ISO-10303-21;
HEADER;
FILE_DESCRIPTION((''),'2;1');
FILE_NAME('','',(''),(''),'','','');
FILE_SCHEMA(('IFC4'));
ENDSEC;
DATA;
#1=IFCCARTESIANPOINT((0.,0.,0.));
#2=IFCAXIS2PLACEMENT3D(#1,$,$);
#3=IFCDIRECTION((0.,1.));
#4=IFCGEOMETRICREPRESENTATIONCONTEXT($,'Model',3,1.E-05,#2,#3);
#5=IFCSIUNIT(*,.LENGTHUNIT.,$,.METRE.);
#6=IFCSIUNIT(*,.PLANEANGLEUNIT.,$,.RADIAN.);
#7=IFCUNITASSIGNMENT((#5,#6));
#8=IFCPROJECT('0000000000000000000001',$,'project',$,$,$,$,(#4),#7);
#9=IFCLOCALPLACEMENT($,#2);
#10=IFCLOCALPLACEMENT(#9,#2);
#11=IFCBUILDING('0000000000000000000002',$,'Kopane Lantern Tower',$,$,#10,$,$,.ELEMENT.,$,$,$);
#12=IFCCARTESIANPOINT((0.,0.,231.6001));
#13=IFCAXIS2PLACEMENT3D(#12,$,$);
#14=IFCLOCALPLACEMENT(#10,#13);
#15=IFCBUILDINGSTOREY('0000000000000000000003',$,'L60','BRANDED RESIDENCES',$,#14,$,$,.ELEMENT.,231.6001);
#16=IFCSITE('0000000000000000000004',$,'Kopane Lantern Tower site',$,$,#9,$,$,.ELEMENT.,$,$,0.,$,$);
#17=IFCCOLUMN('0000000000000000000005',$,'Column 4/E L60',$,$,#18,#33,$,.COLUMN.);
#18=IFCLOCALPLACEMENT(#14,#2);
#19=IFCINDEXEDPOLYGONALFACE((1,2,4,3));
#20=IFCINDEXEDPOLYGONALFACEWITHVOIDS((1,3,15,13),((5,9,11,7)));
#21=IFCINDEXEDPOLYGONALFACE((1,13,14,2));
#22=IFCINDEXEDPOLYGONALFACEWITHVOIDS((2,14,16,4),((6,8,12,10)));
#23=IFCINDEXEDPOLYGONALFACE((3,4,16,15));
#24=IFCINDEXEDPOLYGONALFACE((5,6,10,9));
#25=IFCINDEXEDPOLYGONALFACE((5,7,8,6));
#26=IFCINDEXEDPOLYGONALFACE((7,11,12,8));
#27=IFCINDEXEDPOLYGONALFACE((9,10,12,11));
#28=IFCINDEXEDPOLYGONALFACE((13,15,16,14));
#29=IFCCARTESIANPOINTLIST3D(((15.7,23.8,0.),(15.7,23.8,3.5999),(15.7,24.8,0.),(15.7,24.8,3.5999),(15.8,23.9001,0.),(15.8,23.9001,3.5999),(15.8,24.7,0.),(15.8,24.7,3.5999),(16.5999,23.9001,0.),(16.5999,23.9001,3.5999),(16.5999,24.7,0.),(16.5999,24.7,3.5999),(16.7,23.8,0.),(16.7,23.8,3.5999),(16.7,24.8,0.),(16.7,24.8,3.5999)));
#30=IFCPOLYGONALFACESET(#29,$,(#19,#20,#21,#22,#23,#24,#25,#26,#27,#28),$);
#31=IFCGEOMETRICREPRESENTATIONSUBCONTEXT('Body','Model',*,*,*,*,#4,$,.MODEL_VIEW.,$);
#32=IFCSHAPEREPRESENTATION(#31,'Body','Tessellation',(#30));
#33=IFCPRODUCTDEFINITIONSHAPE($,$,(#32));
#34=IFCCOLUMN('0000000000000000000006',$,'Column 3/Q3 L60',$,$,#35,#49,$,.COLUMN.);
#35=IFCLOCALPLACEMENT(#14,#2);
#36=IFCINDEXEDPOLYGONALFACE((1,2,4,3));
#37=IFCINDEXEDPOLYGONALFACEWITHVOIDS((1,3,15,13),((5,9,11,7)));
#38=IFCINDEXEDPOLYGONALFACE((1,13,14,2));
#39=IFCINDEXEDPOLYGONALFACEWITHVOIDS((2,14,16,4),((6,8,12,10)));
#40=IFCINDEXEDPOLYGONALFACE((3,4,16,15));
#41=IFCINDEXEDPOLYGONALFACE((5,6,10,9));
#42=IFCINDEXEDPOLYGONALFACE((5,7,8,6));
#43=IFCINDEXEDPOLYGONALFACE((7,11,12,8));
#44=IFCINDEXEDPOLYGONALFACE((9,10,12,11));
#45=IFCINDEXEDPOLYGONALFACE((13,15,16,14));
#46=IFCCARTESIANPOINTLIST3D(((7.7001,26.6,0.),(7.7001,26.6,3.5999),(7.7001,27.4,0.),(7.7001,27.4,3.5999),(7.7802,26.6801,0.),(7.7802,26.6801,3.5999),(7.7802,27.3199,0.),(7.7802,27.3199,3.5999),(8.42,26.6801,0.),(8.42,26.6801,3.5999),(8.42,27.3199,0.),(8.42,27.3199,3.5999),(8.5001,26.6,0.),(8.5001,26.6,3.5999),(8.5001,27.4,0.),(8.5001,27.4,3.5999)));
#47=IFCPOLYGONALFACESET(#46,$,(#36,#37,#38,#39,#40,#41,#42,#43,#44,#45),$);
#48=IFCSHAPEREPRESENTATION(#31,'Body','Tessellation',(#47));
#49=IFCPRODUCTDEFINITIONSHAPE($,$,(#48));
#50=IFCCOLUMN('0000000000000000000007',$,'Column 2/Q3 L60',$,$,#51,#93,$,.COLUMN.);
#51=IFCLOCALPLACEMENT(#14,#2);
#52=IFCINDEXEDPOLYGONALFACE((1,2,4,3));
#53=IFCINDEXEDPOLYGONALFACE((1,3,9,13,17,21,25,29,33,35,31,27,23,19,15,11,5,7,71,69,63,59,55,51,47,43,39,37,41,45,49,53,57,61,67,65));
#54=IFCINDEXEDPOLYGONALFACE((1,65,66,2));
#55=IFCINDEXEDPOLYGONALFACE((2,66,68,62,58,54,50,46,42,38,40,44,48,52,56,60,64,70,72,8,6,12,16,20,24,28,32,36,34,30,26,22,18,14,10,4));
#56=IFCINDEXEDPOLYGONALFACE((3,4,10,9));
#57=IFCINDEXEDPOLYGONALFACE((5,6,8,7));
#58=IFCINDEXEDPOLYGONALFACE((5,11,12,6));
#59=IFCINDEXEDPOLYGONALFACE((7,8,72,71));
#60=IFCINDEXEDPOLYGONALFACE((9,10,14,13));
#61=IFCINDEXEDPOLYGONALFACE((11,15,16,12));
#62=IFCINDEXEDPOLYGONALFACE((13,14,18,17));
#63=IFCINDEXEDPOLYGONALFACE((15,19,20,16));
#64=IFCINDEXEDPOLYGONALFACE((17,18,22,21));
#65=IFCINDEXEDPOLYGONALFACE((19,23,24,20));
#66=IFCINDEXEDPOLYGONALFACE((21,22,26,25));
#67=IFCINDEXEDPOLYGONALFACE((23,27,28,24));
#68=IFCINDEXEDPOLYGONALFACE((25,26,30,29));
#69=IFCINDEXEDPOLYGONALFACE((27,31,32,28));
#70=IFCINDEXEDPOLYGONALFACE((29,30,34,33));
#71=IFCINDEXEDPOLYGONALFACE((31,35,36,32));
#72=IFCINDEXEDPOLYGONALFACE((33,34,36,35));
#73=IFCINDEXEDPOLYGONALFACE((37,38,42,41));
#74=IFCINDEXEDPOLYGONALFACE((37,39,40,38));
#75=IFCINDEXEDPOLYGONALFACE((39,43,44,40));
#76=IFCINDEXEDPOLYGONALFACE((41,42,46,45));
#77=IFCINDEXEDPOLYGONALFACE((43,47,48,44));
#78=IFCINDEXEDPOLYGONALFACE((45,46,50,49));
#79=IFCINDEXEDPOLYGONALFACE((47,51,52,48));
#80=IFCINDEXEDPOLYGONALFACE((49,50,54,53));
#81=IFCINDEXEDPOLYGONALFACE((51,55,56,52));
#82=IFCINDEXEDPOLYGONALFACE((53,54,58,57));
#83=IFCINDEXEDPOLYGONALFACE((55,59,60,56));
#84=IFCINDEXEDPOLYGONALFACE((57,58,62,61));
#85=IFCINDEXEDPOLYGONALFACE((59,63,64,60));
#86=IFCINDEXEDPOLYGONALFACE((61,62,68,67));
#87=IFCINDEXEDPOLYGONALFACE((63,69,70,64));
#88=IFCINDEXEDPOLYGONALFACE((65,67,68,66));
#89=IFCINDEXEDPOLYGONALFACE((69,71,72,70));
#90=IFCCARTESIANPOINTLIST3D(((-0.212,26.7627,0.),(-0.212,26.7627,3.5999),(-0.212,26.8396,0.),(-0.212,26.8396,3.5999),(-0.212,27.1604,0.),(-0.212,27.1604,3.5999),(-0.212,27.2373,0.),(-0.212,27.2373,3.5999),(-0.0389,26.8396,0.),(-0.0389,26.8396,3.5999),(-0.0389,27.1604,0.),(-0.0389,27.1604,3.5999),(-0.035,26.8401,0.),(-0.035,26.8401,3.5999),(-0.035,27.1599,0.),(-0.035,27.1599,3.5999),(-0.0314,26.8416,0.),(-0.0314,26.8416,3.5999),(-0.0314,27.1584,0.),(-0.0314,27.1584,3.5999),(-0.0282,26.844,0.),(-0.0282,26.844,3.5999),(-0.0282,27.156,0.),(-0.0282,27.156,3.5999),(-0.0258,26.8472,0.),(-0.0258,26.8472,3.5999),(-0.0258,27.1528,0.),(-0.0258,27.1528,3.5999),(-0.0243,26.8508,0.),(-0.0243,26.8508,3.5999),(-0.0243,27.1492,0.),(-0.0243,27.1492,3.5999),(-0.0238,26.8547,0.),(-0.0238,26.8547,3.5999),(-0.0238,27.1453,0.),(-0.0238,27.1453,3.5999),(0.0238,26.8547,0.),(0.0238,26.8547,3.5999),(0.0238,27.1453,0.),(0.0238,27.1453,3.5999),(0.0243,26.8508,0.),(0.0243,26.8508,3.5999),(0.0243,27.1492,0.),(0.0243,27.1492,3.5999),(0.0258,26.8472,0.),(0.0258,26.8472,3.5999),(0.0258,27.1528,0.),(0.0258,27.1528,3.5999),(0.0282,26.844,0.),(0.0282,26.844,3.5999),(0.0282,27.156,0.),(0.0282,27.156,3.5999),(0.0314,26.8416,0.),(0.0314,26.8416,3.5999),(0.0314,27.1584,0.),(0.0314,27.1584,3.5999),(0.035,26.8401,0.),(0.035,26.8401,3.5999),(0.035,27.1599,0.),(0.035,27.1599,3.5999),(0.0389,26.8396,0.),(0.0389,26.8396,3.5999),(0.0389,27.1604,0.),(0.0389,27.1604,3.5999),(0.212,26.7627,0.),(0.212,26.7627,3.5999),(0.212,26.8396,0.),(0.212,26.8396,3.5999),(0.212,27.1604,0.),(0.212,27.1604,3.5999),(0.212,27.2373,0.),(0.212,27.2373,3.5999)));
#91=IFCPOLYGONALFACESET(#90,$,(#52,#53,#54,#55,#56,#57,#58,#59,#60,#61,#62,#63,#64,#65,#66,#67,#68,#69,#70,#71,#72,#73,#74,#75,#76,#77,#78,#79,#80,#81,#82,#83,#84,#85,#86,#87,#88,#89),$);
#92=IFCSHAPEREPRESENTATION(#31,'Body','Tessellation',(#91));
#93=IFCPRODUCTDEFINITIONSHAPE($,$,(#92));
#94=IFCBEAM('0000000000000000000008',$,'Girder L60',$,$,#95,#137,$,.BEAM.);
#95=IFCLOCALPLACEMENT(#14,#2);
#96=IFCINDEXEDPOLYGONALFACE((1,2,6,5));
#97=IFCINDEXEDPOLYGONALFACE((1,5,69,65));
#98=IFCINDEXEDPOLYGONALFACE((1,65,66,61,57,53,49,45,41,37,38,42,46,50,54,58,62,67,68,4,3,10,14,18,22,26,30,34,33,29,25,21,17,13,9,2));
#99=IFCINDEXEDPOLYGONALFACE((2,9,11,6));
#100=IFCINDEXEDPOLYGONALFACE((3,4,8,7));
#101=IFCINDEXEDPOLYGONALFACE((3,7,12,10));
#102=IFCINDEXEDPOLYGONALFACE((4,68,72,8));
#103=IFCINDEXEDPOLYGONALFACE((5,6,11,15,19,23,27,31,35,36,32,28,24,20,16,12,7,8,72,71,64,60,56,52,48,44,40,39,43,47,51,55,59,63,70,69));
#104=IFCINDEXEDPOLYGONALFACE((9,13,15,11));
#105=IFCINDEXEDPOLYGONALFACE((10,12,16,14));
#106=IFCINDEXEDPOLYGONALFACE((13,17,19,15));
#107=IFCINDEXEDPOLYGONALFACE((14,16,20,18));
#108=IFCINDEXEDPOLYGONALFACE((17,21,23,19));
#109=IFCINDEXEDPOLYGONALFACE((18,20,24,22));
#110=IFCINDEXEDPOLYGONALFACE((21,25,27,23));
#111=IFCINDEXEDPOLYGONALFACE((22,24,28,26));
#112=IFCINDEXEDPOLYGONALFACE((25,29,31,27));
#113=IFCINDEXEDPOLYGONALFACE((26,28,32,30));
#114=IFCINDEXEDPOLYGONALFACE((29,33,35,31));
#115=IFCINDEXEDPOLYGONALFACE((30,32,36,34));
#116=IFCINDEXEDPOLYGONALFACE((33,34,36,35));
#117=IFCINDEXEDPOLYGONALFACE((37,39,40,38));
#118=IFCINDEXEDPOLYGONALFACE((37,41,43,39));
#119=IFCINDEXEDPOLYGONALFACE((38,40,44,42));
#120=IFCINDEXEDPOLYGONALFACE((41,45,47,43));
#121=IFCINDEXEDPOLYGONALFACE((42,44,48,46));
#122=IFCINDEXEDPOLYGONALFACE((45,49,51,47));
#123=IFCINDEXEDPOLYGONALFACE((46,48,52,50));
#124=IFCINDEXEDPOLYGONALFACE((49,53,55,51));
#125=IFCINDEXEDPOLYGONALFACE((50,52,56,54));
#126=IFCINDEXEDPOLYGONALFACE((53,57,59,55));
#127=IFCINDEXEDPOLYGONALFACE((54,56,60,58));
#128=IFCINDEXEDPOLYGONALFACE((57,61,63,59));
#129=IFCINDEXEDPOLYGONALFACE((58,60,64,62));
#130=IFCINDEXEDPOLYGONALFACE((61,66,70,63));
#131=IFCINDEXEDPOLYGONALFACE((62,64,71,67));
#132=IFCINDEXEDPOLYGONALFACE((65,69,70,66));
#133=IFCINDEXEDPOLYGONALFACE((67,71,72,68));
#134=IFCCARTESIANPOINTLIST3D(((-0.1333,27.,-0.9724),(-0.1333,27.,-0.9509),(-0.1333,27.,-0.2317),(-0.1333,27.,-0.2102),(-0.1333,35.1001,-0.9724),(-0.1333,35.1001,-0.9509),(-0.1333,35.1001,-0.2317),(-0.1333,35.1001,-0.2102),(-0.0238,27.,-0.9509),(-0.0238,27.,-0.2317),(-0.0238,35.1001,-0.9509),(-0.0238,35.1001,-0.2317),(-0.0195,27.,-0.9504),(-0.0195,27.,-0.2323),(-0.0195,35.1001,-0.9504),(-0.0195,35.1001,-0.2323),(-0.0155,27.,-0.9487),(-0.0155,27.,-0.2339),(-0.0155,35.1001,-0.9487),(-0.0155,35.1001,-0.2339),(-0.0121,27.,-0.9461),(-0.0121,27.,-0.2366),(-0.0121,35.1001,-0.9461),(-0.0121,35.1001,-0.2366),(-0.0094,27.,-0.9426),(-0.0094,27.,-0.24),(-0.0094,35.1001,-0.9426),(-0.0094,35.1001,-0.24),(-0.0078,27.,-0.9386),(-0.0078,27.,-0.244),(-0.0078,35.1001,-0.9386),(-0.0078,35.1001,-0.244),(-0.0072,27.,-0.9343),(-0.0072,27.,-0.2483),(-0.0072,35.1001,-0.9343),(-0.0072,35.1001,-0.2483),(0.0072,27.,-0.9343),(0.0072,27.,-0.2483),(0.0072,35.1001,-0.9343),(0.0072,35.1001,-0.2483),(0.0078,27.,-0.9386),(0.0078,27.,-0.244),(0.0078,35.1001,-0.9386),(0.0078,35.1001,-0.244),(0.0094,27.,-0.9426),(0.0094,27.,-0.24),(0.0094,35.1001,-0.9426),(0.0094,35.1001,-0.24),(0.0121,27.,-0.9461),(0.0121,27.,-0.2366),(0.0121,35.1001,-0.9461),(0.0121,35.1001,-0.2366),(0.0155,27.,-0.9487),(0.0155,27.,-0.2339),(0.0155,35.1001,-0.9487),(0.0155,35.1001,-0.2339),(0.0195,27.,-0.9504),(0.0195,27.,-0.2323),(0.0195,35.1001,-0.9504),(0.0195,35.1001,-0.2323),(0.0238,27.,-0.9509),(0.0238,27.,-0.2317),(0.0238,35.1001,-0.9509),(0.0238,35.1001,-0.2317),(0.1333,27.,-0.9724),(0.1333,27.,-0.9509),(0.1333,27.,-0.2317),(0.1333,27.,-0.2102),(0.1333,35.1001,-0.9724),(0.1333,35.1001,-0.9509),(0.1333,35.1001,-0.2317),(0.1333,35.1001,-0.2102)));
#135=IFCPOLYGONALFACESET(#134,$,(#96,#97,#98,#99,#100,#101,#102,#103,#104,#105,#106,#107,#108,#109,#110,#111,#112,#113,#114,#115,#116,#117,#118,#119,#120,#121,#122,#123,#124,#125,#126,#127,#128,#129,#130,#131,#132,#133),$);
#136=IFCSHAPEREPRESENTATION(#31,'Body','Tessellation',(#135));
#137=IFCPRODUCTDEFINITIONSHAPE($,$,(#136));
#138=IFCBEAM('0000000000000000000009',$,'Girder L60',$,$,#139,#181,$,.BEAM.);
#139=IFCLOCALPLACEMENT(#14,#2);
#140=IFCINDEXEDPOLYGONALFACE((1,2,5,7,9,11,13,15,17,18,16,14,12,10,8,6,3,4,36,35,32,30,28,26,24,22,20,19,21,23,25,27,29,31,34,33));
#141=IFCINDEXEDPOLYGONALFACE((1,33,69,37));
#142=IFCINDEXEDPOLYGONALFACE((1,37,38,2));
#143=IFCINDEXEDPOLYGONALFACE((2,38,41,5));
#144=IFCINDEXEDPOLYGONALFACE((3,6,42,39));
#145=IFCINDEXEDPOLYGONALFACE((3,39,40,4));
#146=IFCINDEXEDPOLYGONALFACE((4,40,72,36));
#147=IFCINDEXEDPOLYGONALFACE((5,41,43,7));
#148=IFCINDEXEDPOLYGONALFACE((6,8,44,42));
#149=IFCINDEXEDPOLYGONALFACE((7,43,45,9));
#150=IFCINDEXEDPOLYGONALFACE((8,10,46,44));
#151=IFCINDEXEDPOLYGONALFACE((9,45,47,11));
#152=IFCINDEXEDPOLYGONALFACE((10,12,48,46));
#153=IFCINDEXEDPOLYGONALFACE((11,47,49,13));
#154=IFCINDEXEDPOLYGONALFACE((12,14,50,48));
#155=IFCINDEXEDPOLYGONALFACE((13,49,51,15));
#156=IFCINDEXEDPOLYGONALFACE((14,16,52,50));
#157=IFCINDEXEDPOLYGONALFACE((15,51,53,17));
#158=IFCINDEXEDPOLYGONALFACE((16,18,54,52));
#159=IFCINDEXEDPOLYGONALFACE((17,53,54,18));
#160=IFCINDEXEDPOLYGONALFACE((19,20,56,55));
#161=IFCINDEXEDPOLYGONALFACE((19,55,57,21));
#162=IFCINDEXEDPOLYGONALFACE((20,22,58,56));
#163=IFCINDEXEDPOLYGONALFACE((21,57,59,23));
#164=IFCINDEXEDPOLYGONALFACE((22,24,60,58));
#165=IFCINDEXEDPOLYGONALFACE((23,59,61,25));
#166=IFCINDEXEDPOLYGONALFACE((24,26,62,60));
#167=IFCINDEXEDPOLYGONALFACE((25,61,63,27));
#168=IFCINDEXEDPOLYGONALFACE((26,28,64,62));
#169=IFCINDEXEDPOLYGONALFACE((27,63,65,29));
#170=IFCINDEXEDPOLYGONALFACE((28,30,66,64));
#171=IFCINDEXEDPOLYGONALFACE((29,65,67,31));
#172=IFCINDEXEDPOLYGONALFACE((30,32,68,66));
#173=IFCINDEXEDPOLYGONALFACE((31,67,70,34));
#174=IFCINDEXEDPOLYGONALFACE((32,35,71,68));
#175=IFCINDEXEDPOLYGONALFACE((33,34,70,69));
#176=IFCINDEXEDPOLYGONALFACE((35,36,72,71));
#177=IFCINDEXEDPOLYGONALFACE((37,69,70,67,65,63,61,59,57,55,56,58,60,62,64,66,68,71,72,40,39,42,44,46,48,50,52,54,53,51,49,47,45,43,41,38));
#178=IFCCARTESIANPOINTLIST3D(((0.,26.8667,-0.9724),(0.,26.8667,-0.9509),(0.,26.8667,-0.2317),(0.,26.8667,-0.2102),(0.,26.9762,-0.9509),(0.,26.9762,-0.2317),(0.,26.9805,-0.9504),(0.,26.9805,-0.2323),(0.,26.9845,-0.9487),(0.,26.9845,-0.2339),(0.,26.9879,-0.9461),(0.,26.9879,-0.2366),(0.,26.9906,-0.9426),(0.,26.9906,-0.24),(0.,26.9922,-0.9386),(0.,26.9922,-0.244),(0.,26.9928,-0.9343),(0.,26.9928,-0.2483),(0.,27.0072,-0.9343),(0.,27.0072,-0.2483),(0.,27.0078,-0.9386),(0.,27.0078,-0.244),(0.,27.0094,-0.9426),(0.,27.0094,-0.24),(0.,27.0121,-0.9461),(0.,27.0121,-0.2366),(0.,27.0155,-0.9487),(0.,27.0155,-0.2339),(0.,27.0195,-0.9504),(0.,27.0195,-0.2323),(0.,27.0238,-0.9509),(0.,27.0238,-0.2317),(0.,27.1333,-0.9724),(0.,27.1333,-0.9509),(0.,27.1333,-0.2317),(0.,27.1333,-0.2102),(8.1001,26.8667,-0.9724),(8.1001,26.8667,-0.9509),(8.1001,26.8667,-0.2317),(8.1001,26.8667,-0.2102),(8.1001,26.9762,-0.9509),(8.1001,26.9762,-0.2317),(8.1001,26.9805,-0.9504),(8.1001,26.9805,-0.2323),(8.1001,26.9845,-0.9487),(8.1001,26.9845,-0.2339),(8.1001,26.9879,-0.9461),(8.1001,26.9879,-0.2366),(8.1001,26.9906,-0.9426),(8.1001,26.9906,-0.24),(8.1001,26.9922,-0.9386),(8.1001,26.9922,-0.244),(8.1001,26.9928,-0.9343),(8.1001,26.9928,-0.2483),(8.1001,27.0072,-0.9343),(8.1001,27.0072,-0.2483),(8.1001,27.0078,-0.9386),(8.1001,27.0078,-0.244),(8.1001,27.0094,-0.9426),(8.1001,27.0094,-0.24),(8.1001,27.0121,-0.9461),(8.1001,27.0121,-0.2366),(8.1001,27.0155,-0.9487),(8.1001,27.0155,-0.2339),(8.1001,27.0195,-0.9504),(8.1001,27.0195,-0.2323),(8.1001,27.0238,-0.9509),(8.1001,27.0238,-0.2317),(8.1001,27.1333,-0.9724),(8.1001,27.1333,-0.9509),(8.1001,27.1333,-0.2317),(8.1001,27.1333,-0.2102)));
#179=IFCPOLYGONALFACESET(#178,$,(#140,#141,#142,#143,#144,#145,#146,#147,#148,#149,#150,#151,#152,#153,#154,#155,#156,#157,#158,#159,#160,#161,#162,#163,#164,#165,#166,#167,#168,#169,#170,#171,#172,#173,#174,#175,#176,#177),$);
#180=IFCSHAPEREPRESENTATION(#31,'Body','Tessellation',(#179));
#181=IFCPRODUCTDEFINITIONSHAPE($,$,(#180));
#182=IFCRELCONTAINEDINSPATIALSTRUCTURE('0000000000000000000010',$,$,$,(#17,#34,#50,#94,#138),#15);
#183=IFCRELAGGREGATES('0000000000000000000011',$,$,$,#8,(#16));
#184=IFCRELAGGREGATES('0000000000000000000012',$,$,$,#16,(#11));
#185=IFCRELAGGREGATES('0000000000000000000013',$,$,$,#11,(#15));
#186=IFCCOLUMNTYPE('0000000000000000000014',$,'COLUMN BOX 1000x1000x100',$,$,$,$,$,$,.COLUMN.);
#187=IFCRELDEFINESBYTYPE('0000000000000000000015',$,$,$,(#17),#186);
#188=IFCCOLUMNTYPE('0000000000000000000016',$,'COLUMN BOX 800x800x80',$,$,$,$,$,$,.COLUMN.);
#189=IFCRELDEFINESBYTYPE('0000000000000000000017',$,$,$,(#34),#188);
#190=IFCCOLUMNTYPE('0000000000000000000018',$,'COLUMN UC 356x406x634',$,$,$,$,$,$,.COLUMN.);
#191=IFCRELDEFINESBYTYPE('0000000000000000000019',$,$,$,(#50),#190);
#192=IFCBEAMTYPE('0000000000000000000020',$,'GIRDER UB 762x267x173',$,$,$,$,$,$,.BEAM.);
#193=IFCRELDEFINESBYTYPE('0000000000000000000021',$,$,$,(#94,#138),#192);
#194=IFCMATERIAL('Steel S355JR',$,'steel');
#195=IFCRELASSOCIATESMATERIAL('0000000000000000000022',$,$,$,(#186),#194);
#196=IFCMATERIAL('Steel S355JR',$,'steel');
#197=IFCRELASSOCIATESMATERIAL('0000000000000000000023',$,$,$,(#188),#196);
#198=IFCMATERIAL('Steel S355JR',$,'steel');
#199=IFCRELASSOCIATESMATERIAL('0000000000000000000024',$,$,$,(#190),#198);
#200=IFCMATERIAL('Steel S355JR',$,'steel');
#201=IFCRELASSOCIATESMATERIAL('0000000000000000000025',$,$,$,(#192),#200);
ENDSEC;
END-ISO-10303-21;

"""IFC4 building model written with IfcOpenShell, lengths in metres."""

from ifc_helpers import new_model, si_unit, direction, frame, origin, origin_2d, place, context, subcontext, project, spatial, hollow_rectangle, i_section, extrude, material, material_profile, profile_set, type_object, element, save


model = new_model("IFC4")

# Units and contexts
model_context = context("Model", 3, precision=1e-05, world=origin(), true_north=direction((0.0, 1.0)))
body_context = subcontext(model_context, "Body", "Model", "MODEL_VIEW")
ifc_project = project(units=[si_unit("LENGTHUNIT", "METRE"), si_unit("PLANEANGLEUNIT", "RADIAN")], contexts=[model_context])

# Site, building, storey
site_placement = place(None, origin())
site = spatial("IfcSite", under=ifc_project, at=site_placement, Name="Kopane Lantern Tower site", CompositionType="ELEMENT", RefElevation=0.0)
building_placement = place(site_placement, origin())
building = spatial("IfcBuilding", under=site, at=building_placement, Name="Kopane Lantern Tower", CompositionType="ELEMENT")
storey_placement = place(building_placement, frame((0.0, 0.0, 231.6001)))
storey = spatial("IfcBuildingStorey", under=building, at=storey_placement, Name="L60", Description="BRANDED RESIDENCES", CompositionType="ELEMENT", Elevation=231.6001)

# Columns
ifc_material_1 = material(Name="Steel S355JR", Category="steel")
ifc_material_profile_1 = material_profile(ifc_material_1, hollow_rectangle(XDim=1.0, YDim=1.0, WallThickness=0.1001, at=origin_2d()), Name="BOX 1000x1000x100")
ifc_profile_set_1 = profile_set([ifc_material_profile_1], Name="Steel S355JR")
column_type_1 = type_object("IfcColumnType", Name="COLUMN BOX 1000x1000x100", PredefinedType="COLUMN", material=ifc_profile_set_1)
column_1_placement = place(storey_placement, frame((16.2, 24.3, 0.0), z_axis=(0.0, 0.0, 1.0), x_axis=(1.0, 0.0, 0.0)))
element("IfcColumn", 1, at=column_1_placement, inside=storey, type_object=column_type_1, Name="Column 4/E L60", PredefinedType="COLUMN", context=body_context, shape_type="SweptSolid", body=[
    extrude(hollow_rectangle(XDim=1.0, YDim=1.0, WallThickness=0.1001, at=origin_2d()), origin(), (0.0, 0.0, 1.0), 3.5999),
])
ifc_material_2 = material(Name="Steel S355JR", Category="steel")
ifc_material_profile_2 = material_profile(ifc_material_2, hollow_rectangle(XDim=0.8, YDim=0.8, WallThickness=0.0801, at=origin_2d()), Name="BOX 800x800x80")
ifc_profile_set_2 = profile_set([ifc_material_profile_2], Name="Steel S355JR")
column_type_2 = type_object("IfcColumnType", Name="COLUMN BOX 800x800x80", PredefinedType="COLUMN", material=ifc_profile_set_2)
column_2_placement = place(storey_placement, frame((8.1001, 27.0, 0.0), z_axis=(0.0, 0.0, 1.0), x_axis=(1.0, 0.0, 0.0)))
element("IfcColumn", 2, at=column_2_placement, inside=storey, type_object=column_type_2, Name="Column 3/Q3 L60", PredefinedType="COLUMN", context=body_context, shape_type="SweptSolid", body=[
    extrude(hollow_rectangle(XDim=0.8, YDim=0.8, WallThickness=0.0801, at=origin_2d()), origin(), (0.0, 0.0, 1.0), 3.5999),
])
ifc_material_3 = material(Name="Steel S355JR", Category="steel")
ifc_material_profile_3 = material_profile(ifc_material_3, i_section(OverallWidth=0.4241, OverallDepth=0.4746, WebThickness=0.0476, FlangeThickness=0.0769, FilletRadius=0.0151, at=origin_2d()), Name="UC 356x406x634")
ifc_profile_set_3 = profile_set([ifc_material_profile_3], Name="Steel S355JR")
column_type_3 = type_object("IfcColumnType", Name="COLUMN UC 356x406x634", PredefinedType="COLUMN", material=ifc_profile_set_3)
column_3_placement = place(storey_placement, frame((0.0, 27.0, 0.0), z_axis=(0.0, 0.0, 1.0), x_axis=(1.0, 0.0, 0.0)))
element("IfcColumn", 3, at=column_3_placement, inside=storey, type_object=column_type_3, Name="Column 2/Q3 L60", PredefinedType="COLUMN", context=body_context, shape_type="SweptSolid", body=[
    extrude(i_section(OverallWidth=0.4241, OverallDepth=0.4746, WebThickness=0.0476, FlangeThickness=0.0769, FilletRadius=0.0151, at=origin_2d()), origin(), (0.0, 0.0, 1.0), 3.5999),
])

# Beams
ifc_material_4 = material(Name="Steel S355JR", Category="steel")
ifc_material_profile_4 = material_profile(ifc_material_4, i_section(OverallWidth=0.2666, OverallDepth=0.7622, WebThickness=0.0144, FlangeThickness=0.0215, FilletRadius=0.0166, at=origin_2d()), Name="UB 762x267x173")
ifc_profile_set_4 = profile_set([ifc_material_profile_4], Name="Steel S355JR")
beam_type = type_object("IfcBeamType", Name="GIRDER UB 762x267x173", PredefinedType="BEAM", material=ifc_profile_set_4)
for number, where, z_axis, x_axis, name in (
    (4, (0.0, 27.0, -0.5913), (0.0, 1.0, 0.0), (-1.0, 0.0, 0.0), "Girder L60"),
    (5, (0.0, 27.0, -0.5913), (1.0, 0.0, 0.0), (0.0, 1.0, 0.0), "Girder L60"),
):
    element("IfcBeam", number, at=place(storey_placement, frame(where, z_axis=z_axis, x_axis=x_axis)), inside=storey, type_object=beam_type, Name=name, PredefinedType="BEAM", context=body_context, shape_type="SweptSolid", body=[
        extrude(i_section(OverallWidth=0.2666, OverallDepth=0.7622, WebThickness=0.0144, FlangeThickness=0.0215, FilletRadius=0.0166, at=origin_2d()), origin(), (0.0, 0.0, 1.0), 8.1001),
    ])

save(model, "model.ifc")
